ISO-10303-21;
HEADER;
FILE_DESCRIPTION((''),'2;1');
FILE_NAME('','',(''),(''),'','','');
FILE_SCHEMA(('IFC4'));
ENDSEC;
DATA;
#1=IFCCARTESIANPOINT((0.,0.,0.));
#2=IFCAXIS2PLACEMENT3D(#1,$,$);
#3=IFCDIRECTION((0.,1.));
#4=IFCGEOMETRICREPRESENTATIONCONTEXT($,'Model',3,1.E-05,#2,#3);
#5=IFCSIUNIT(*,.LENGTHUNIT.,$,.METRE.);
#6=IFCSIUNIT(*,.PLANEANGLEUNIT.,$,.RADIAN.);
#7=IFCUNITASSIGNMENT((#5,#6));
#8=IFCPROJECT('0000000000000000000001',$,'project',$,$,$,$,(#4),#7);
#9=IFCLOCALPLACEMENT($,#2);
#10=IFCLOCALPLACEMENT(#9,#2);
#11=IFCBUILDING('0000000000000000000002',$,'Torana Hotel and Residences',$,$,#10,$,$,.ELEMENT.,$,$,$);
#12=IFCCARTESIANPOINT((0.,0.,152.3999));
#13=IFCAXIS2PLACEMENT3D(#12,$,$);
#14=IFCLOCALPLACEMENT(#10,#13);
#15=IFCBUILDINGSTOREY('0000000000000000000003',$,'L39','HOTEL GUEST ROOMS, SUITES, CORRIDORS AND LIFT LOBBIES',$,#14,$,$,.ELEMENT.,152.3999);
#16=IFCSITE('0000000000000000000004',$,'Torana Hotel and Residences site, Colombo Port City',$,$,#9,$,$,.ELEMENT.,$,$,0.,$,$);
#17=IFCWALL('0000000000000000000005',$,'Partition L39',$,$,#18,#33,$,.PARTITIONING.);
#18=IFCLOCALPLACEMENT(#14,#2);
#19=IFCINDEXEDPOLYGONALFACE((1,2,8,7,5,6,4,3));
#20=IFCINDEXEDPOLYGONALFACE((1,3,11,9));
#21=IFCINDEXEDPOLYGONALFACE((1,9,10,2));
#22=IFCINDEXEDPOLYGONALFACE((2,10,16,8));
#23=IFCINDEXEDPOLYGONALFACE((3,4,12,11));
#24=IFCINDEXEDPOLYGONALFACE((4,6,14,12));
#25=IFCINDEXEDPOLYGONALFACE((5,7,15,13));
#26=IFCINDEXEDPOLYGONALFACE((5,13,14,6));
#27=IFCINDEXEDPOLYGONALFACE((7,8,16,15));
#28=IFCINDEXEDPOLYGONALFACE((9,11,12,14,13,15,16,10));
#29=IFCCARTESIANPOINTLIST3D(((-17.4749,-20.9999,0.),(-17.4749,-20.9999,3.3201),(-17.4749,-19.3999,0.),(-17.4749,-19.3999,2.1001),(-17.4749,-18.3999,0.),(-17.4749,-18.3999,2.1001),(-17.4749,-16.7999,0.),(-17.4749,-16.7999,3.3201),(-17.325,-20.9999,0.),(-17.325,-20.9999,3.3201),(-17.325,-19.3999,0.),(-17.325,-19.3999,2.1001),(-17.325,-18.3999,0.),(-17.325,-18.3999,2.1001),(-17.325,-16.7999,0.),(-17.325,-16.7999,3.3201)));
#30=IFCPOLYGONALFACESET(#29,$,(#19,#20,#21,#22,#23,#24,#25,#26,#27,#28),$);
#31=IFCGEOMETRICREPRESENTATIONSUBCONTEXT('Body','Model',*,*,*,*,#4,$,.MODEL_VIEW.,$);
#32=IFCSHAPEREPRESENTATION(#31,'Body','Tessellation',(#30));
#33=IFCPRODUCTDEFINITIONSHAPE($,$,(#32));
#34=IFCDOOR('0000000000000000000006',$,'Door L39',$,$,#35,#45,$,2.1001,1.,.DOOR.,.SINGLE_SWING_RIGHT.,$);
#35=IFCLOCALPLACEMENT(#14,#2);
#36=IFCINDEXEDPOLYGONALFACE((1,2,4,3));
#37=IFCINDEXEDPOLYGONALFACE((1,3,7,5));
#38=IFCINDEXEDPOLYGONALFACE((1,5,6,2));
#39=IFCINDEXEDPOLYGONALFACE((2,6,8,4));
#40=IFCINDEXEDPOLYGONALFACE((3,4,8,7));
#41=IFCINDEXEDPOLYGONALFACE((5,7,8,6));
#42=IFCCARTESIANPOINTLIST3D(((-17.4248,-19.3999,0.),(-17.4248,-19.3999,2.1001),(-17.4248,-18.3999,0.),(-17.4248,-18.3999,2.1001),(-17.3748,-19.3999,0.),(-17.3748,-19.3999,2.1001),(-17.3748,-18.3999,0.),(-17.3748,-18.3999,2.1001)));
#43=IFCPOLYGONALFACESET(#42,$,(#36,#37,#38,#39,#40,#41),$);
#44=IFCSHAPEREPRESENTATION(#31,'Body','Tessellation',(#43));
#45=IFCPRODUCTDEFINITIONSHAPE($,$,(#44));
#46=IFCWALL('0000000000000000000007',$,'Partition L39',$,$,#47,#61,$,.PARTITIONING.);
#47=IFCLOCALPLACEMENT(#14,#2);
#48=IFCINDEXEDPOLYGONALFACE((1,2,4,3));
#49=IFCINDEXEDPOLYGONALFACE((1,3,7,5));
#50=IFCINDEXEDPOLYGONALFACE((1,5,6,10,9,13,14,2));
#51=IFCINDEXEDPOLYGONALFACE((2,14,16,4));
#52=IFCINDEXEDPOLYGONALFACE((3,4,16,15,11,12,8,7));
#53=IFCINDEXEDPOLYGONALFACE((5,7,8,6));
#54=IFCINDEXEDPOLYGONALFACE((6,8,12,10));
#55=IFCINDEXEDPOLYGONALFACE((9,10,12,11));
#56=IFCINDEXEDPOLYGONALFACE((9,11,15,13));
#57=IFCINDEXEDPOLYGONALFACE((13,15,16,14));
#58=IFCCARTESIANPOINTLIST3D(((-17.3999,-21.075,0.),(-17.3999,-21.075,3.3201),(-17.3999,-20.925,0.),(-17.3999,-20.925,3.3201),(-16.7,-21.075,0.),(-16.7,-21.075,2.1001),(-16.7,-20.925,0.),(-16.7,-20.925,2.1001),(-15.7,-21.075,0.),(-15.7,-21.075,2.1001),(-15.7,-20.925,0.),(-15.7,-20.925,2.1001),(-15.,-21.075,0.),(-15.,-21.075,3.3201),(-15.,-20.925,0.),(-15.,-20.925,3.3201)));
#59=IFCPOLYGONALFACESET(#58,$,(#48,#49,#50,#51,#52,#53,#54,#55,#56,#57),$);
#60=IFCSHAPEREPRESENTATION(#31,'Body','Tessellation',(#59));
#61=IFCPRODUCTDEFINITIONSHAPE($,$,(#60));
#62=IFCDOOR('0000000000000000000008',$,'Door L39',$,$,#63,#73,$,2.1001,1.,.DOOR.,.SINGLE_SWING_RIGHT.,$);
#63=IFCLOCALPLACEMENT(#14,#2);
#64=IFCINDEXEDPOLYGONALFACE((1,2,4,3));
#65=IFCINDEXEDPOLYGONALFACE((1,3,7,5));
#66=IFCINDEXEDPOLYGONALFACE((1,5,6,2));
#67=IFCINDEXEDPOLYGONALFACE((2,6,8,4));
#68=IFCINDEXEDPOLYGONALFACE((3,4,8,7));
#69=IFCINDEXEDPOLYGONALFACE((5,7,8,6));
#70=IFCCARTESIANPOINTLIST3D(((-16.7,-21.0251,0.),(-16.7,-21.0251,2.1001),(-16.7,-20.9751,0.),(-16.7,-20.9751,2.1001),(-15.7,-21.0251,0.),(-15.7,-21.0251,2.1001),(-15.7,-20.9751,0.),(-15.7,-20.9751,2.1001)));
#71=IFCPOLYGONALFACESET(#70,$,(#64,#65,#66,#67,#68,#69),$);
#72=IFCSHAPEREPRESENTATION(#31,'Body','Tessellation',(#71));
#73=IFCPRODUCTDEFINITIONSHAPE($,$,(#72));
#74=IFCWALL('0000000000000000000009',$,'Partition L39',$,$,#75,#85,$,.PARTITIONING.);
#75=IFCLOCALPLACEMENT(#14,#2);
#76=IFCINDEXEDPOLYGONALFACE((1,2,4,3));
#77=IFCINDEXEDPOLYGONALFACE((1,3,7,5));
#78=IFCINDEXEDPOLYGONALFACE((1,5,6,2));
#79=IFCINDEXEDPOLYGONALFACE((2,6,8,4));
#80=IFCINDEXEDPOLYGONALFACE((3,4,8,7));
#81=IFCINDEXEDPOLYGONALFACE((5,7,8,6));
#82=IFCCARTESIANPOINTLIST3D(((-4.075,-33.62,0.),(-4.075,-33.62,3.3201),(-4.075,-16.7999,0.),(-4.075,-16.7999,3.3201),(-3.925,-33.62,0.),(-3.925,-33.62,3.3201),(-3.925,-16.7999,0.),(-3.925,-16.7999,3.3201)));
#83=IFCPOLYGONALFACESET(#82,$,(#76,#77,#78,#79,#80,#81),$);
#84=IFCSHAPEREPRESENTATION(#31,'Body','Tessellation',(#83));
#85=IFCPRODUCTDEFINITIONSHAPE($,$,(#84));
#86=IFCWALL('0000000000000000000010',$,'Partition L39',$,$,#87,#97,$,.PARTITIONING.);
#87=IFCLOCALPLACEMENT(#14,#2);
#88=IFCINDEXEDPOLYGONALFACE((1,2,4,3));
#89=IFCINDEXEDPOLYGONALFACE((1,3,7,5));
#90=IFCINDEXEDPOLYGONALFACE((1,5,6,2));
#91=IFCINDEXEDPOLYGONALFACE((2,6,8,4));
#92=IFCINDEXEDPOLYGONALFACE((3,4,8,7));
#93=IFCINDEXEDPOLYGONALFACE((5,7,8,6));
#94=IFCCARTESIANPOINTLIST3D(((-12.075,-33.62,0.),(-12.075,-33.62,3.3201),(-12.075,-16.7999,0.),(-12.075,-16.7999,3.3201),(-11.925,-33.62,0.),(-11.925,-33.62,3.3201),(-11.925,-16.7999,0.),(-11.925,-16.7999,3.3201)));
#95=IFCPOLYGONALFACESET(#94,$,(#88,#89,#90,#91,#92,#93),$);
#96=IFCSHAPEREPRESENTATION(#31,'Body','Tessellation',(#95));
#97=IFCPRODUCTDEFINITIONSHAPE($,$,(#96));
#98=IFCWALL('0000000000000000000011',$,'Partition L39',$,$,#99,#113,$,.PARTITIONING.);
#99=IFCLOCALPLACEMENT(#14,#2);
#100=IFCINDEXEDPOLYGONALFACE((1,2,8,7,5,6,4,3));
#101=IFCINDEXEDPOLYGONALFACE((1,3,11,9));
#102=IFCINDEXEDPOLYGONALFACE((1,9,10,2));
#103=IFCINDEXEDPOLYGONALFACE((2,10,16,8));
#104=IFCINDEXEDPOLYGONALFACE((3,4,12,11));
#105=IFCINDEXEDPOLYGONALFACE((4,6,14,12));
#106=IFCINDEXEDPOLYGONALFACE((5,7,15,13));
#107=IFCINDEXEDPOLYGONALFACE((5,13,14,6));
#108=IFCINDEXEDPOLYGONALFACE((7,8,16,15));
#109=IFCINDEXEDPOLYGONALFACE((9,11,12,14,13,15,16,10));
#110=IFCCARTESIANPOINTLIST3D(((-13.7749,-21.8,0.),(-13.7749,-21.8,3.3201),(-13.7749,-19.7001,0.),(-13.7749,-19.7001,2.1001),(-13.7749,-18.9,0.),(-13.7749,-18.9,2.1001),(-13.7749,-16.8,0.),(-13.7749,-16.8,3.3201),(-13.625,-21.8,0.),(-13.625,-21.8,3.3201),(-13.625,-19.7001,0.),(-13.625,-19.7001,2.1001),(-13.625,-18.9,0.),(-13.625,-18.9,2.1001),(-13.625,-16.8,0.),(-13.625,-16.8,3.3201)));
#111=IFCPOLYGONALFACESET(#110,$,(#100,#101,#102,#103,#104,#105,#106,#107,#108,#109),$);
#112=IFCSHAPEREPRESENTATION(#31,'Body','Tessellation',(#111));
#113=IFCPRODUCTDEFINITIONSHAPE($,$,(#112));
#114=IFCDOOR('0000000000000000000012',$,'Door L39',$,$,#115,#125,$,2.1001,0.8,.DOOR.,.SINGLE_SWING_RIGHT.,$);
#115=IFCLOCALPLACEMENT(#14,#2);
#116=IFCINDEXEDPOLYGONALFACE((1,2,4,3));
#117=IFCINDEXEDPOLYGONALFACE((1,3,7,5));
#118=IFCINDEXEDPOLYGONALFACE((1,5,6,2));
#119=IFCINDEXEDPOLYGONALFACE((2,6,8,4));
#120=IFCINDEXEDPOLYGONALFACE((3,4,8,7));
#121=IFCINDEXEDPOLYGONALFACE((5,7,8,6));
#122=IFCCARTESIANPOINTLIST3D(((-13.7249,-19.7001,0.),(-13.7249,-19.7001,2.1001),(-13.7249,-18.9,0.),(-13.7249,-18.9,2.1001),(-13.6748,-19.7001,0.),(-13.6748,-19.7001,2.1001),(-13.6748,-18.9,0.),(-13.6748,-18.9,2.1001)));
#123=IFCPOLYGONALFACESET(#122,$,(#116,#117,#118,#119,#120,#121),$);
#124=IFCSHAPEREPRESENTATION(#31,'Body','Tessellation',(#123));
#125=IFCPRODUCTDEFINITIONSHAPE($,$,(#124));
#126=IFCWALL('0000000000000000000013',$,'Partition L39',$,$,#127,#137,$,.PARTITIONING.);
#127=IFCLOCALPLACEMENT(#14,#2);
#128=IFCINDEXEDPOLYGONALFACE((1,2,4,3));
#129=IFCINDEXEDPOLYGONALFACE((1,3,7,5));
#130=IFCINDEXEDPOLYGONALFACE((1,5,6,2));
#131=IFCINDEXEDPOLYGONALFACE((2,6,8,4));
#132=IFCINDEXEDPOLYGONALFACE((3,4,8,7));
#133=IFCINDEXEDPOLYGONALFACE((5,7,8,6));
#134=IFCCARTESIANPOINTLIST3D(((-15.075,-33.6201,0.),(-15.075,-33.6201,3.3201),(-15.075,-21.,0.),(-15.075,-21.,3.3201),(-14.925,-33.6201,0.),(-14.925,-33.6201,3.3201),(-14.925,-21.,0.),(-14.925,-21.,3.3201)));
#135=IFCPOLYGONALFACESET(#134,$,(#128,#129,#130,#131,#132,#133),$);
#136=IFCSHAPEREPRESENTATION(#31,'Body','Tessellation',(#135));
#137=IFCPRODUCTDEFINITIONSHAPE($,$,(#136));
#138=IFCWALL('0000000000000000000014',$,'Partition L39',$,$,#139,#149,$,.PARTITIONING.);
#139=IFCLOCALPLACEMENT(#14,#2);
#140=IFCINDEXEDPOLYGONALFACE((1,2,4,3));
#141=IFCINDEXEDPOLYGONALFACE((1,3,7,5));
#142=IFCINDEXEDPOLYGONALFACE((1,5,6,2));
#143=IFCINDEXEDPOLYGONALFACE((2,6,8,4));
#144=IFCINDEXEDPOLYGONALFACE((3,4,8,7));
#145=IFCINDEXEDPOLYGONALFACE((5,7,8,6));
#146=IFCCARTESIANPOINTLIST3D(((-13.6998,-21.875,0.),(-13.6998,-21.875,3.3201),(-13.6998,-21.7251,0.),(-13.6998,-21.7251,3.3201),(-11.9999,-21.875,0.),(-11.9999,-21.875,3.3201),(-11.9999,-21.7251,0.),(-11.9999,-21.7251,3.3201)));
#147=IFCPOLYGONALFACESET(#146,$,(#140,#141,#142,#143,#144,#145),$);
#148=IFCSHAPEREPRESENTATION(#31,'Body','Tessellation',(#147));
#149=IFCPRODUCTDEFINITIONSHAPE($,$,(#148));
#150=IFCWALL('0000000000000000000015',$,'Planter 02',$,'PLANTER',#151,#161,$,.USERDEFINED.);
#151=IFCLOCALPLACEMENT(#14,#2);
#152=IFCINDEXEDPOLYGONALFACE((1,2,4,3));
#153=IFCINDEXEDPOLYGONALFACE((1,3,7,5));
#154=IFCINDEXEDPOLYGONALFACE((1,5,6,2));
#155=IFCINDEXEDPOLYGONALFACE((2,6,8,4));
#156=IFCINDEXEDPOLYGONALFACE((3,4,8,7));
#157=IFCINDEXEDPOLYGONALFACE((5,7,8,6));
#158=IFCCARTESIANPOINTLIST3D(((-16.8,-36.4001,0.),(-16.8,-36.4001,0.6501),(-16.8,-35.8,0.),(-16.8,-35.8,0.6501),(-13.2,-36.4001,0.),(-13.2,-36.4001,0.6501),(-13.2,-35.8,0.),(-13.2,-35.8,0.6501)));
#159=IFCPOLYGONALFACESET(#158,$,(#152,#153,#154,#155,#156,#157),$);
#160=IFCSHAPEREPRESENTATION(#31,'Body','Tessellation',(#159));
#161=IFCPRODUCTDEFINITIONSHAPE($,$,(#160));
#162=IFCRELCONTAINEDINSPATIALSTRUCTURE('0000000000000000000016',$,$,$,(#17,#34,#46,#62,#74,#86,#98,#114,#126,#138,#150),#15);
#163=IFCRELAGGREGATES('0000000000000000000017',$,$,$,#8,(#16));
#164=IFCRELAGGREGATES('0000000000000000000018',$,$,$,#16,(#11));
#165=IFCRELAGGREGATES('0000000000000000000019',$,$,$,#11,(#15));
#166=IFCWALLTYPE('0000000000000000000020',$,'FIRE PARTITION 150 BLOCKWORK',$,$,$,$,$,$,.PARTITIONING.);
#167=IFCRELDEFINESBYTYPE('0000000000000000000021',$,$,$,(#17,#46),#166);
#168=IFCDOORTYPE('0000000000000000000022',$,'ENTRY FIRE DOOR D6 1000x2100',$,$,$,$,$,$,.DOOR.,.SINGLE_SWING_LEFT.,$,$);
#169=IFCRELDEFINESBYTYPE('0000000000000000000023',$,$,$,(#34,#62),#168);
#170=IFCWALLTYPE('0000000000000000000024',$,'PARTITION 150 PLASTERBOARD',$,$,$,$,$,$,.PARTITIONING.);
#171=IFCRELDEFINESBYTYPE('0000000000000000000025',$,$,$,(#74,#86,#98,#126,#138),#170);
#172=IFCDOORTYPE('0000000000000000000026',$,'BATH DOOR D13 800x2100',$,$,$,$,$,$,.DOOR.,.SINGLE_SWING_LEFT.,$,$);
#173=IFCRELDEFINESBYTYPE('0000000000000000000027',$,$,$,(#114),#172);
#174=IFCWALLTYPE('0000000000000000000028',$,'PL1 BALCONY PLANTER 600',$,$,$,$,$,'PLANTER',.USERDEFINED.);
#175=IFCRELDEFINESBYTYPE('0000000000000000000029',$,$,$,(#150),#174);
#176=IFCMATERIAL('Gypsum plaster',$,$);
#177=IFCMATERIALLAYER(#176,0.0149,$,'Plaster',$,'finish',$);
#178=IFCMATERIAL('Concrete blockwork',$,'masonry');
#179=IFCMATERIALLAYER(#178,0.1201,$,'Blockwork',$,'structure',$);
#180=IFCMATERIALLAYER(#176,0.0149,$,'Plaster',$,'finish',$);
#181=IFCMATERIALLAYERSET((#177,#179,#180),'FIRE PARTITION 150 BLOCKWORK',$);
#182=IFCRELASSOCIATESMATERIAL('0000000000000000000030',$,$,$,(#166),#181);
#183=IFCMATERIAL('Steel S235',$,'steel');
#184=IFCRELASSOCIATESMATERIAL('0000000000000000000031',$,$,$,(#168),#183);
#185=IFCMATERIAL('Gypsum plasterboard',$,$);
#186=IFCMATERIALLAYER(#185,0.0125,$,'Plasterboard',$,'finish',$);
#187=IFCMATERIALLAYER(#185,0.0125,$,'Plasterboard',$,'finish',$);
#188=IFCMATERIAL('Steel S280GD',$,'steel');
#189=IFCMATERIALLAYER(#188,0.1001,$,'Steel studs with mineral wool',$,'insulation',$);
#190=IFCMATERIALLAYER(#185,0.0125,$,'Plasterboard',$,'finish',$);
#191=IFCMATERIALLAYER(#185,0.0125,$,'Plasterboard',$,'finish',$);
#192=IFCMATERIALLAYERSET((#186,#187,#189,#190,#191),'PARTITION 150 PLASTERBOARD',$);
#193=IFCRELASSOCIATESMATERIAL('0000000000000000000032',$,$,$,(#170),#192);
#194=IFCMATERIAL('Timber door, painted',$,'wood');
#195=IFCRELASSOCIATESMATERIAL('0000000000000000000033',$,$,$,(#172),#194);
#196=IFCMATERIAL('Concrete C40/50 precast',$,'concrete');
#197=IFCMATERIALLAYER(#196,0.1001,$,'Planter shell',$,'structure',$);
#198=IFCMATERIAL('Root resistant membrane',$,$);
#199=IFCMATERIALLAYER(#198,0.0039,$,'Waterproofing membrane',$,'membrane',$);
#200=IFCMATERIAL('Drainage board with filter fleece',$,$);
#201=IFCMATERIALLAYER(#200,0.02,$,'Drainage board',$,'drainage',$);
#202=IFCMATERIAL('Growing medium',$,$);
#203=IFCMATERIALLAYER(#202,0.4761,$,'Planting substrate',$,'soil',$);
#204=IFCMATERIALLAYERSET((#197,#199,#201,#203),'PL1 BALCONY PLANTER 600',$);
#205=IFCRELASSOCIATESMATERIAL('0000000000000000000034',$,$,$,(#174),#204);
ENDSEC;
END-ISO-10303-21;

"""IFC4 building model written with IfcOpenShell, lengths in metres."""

from ifc_helpers import new_model, si_unit, direction, frame, frame_2d, origin, place, context, subcontext, project, spatial, rectangle, extrude, material, layer, layer_set, type_object, element, fill, save


model = new_model("IFC4")

# Units and contexts
model_context = context("Model", 3, precision=1e-05, world=origin(), true_north=direction((0.0, 1.0)))
body_context = subcontext(model_context, "Body", "Model", "MODEL_VIEW")
ifc_project = project(units=[si_unit("LENGTHUNIT", "METRE"), si_unit("PLANEANGLEUNIT", "RADIAN")], contexts=[model_context])

# Site, building, storey
site_placement = place(None, origin())
site = spatial("IfcSite", under=ifc_project, at=site_placement, Name="Torana Hotel and Residences site, Colombo Port City", CompositionType="ELEMENT", RefElevation=0.0)
building_placement = place(site_placement, origin())
building = spatial("IfcBuilding", under=site, at=building_placement, Name="Torana Hotel and Residences", CompositionType="ELEMENT")
storey_placement = place(building_placement, frame((0.0, 0.0, 152.3999)))
storey = spatial("IfcBuildingStorey", under=building, at=storey_placement, Name="L39", Description="HOTEL GUEST ROOMS, SUITES, CORRIDORS AND LIFT LOBBIES", CompositionType="ELEMENT", Elevation=152.3999)

# Shared definitions
ifc_material_1 = material(Name="Gypsum plaster")
ifc_layer_1 = layer(ifc_material_1, 0.0149, Name="Plaster", Category="finish")
ifc_material_2 = material(Name="Concrete blockwork", Category="masonry")
ifc_layer_2 = layer(ifc_material_2, 0.1201, Name="Blockwork", Category="structure")
ifc_layer_3 = layer(ifc_material_1, 0.0149, Name="Plaster", Category="finish")
ifc_layer_set_1 = layer_set([ifc_layer_1, ifc_layer_2, ifc_layer_3], Name="FIRE PARTITION 150 BLOCKWORK")
wall_type_1 = type_object("IfcWallType", Name="FIRE PARTITION 150 BLOCKWORK", PredefinedType="PARTITIONING", material=ifc_layer_set_1)
ifc_material_3 = material(Name="Steel S235", Category="steel")
door_type_1 = type_object("IfcDoorType", Name="ENTRY FIRE DOOR D6 1000x2100", OperationType="SINGLE_SWING_LEFT", PredefinedType="DOOR", material=ifc_material_3)

# Walls, openings, doors
wall_1_placement = place(storey_placement, frame((-17.3999, -21.0, 0.0), z_axis=(0.0, 0.0, 1.0), x_axis=(0.0, 1.0, 0.0)))
wall_1 = element("IfcWall", 1, at=wall_1_placement, inside=storey, type_object=wall_type_1, Name="Partition L39", PredefinedType="PARTITIONING", context=body_context, shape_type="SweptSolid", body=[
    extrude(rectangle(XDim=4.2, YDim=0.1499, at=frame_2d((2.1001, 0.0))), origin(), (0.0, 0.0, 1.0), 3.3201),
])
opening_1_placement = place(wall_1_placement, frame((1.6001, 0.0, 0.0)))
opening_1 = element("IfcOpeningElement", 2, at=opening_1_placement, cuts=wall_1, PredefinedType="OPENING", context=body_context, shape_type="SweptSolid", body=[
    extrude(rectangle(XDim=1.0, YDim=2.1001, at=frame_2d((0.5, 1.05))), frame((0.0, 0.085, 0.0), z_axis=(0.0, -1.0, 0.0), x_axis=(1.0, 0.0, 0.0)), (0.0, 0.0, 1.0), 0.1699),
])
door_1_placement = place(opening_1_placement, origin())
door_1 = element("IfcDoor", 3, at=door_1_placement, inside=storey, type_object=door_type_1, Name="Door L39", OperationType="SINGLE_SWING_RIGHT", OverallHeight=2.1001, OverallWidth=1.0, PredefinedType="DOOR", context=body_context, shape_type="SweptSolid", body=[
    extrude(rectangle(XDim=1.0, YDim=2.1001, at=frame_2d((0.5, 1.05))), frame((0.0, 0.0249, 0.0), z_axis=(0.0, -1.0, 0.0), x_axis=(1.0, 0.0, 0.0)), (0.0, 0.0, 1.0), 0.05),
])
fill(opening_1, door_1)
wall_2_placement = place(storey_placement, frame((-17.3999, -21.0, 0.0), z_axis=(0.0, 0.0, 1.0), x_axis=(1.0, 0.0, 0.0)))
wall_2 = element("IfcWall", 4, at=wall_2_placement, inside=storey, type_object=wall_type_1, Name="Partition L39", PredefinedType="PARTITIONING", context=body_context, shape_type="SweptSolid", body=[
    extrude(rectangle(XDim=2.3999, YDim=0.1499, at=frame_2d((1.2, 0.0))), origin(), (0.0, 0.0, 1.0), 3.3201),
])
opening_2_placement = place(wall_2_placement, frame((0.7, 0.0, 0.0)))
opening_2 = element("IfcOpeningElement", 5, at=opening_2_placement, cuts=wall_2, PredefinedType="OPENING", context=body_context, shape_type="SweptSolid", body=[
    extrude(rectangle(XDim=1.0, YDim=2.1001, at=frame_2d((0.5, 1.05))), frame((0.0, 0.085, 0.0), z_axis=(0.0, -1.0, 0.0), x_axis=(1.0, 0.0, 0.0)), (0.0, 0.0, 1.0), 0.1699),
])
door_2_placement = place(opening_2_placement, frame((0.5, 0.0, 0.0), z_axis=(0.0, 0.0, 1.0), x_axis=(-1.0, 0.0, 0.0)))
door_2 = element("IfcDoor", 6, at=door_2_placement, inside=storey, type_object=door_type_1, Name="Door L39", OperationType="SINGLE_SWING_RIGHT", OverallHeight=2.1001, OverallWidth=1.0, PredefinedType="DOOR", context=body_context, shape_type="SweptSolid", body=[
    extrude(rectangle(XDim=1.0, YDim=2.1001, at=frame_2d((0.0, 1.05))), frame((0.0, -0.0249, 0.0), z_axis=(0.0, 1.0, 0.0), x_axis=(-1.0, 0.0, 0.0)), (0.0, 0.0, 1.0), 0.05),
])
fill(opening_2, door_2)

# Walls
ifc_material_4 = material(Name="Gypsum plasterboard")
ifc_layer_4 = layer(ifc_material_4, 0.0125, Name="Plasterboard", Category="finish")
ifc_layer_5 = layer(ifc_material_4, 0.0125, Name="Plasterboard", Category="finish")
ifc_material_5 = material(Name="Steel S280GD", Category="steel")
ifc_layer_6 = layer(ifc_material_5, 0.1001, Name="Steel studs with mineral wool", Category="insulation")
ifc_layer_7 = layer(ifc_material_4, 0.0125, Name="Plasterboard", Category="finish")
ifc_layer_8 = layer(ifc_material_4, 0.0125, Name="Plasterboard", Category="finish")
ifc_layer_set_2 = layer_set([ifc_layer_4, ifc_layer_5, ifc_layer_6, ifc_layer_7, ifc_layer_8], Name="PARTITION 150 PLASTERBOARD")
wall_type_2 = type_object("IfcWallType", Name="PARTITION 150 PLASTERBOARD", PredefinedType="PARTITIONING", material=ifc_layer_set_2)
for number, where, z_axis, x_axis, name in (
    (7, (-4.0, -33.6201, 0.0), (0.0, 0.0, 1.0), (0.0, 1.0, 0.0), "Partition L39"),
    (8, (-12.0, -33.6201, 0.0), (0.0, 0.0, 1.0), (0.0, 1.0, 0.0), "Partition L39"),
):
    element("IfcWall", number, at=place(storey_placement, frame(where, z_axis=z_axis, x_axis=x_axis)), inside=storey, type_object=wall_type_2, Name=name, PredefinedType="PARTITIONING", context=body_context, shape_type="SweptSolid", body=[
        extrude(rectangle(XDim=16.8201, YDim=0.1499, at=frame_2d((8.4102, 0.0))), origin(), (0.0, 0.0, 1.0), 3.3201),
    ])

# Wall, opening, door
wall_3_placement = place(storey_placement, frame((-13.7, -21.8, 0.0), z_axis=(0.0, 0.0, 1.0), x_axis=(0.0, 1.0, 0.0)))
wall_3 = element("IfcWall", 9, at=wall_3_placement, inside=storey, type_object=wall_type_2, Name="Partition L39", PredefinedType="PARTITIONING", context=body_context, shape_type="SweptSolid", body=[
    extrude(rectangle(XDim=5.0, YDim=0.1499, at=frame_2d((2.5, 0.0))), origin(), (0.0, 0.0, 1.0), 3.3201),
])
opening_3_placement = place(wall_3_placement, frame((2.1001, 0.0, 0.0)))
opening_3 = element("IfcOpeningElement", 10, at=opening_3_placement, cuts=wall_3, PredefinedType="OPENING", context=body_context, shape_type="SweptSolid", body=[
    extrude(rectangle(XDim=0.8, YDim=2.1001, at=frame_2d((0.3999, 1.05))), frame((0.0, 0.085, 0.0), z_axis=(0.0, -1.0, 0.0), x_axis=(1.0, 0.0, 0.0)), (0.0, 0.0, 1.0), 0.1699),
])
ifc_material_6 = material(Name="Timber door, painted", Category="wood")
door_type_2 = type_object("IfcDoorType", Name="BATH DOOR D13 800x2100", OperationType="SINGLE_SWING_LEFT", PredefinedType="DOOR", material=ifc_material_6)
door_3_placement = place(opening_3_placement, origin())
door_3 = element("IfcDoor", 11, at=door_3_placement, inside=storey, type_object=door_type_2, Name="Door L39", OperationType="SINGLE_SWING_RIGHT", OverallHeight=2.1001, OverallWidth=0.8, PredefinedType="DOOR", context=body_context, shape_type="SweptSolid", body=[
    extrude(rectangle(XDim=0.8, YDim=2.1001, at=frame_2d((0.3999, 1.05))), frame((0.0, 0.0249, 0.0), z_axis=(0.0, -1.0, 0.0), x_axis=(1.0, 0.0, 0.0)), (0.0, 0.0, 1.0), 0.05),
])
fill(opening_3, door_3)

# Walls
wall_4_placement = place(storey_placement, frame((-15.0, -33.6201, 0.0), z_axis=(0.0, 0.0, 1.0), x_axis=(0.0, 1.0, 0.0)))
element("IfcWall", 12, at=wall_4_placement, inside=storey, type_object=wall_type_2, Name="Partition L39", PredefinedType="PARTITIONING", context=body_context, shape_type="SweptSolid", body=[
    extrude(rectangle(XDim=12.6201, YDim=0.1499, at=frame_2d((6.3101, 0.0))), origin(), (0.0, 0.0, 1.0), 3.3201),
])
wall_5_placement = place(storey_placement, frame((-13.7, -21.8, 0.0), z_axis=(0.0, 0.0, 1.0), x_axis=(1.0, 0.0, 0.0)))
element("IfcWall", 13, at=wall_5_placement, inside=storey, type_object=wall_type_2, Name="Partition L39", PredefinedType="PARTITIONING", context=body_context, shape_type="SweptSolid", body=[
    extrude(rectangle(XDim=1.7, YDim=0.1499, at=frame_2d((0.8501, 0.0))), origin(), (0.0, 0.0, 1.0), 3.3201),
])
ifc_material_7 = material(Name="Concrete C40/50 precast", Category="concrete")
ifc_layer_9 = layer(ifc_material_7, 0.1001, Name="Planter shell", Category="structure")
ifc_material_8 = material(Name="Root resistant membrane")
ifc_layer_10 = layer(ifc_material_8, 0.0039, Name="Waterproofing membrane", Category="membrane")
ifc_material_9 = material(Name="Drainage board with filter fleece")
ifc_layer_11 = layer(ifc_material_9, 0.02, Name="Drainage board", Category="drainage")
ifc_material_10 = material(Name="Growing medium")
ifc_layer_12 = layer(ifc_material_10, 0.4761, Name="Planting substrate", Category="soil")
ifc_layer_set_3 = layer_set([ifc_layer_9, ifc_layer_10, ifc_layer_11, ifc_layer_12], Name="PL1 BALCONY PLANTER 600")
wall_type_3 = type_object("IfcWallType", Name="PL1 BALCONY PLANTER 600", ElementType="PLANTER", PredefinedType="USERDEFINED", material=ifc_layer_set_3)
for number, where, z_axis, x_axis, name in (
    (14, (-13.2, -36.1001, 0.0), (0.0, 0.0, 1.0), (-1.0, 0.0, 0.0), "Planter 02"),
):
    element("IfcWall", number, at=place(storey_placement, frame(where, z_axis=z_axis, x_axis=x_axis)), inside=storey, type_object=wall_type_3, Name=name, ObjectType="PLANTER", PredefinedType="USERDEFINED", context=body_context, shape_type="SweptSolid", body=[
        extrude(rectangle(XDim=3.6001, YDim=0.6001, at=frame_2d((1.8, 0.0))), origin(), (0.0, 0.0, 1.0), 0.6501),
    ])

save(model, "model.ifc")
